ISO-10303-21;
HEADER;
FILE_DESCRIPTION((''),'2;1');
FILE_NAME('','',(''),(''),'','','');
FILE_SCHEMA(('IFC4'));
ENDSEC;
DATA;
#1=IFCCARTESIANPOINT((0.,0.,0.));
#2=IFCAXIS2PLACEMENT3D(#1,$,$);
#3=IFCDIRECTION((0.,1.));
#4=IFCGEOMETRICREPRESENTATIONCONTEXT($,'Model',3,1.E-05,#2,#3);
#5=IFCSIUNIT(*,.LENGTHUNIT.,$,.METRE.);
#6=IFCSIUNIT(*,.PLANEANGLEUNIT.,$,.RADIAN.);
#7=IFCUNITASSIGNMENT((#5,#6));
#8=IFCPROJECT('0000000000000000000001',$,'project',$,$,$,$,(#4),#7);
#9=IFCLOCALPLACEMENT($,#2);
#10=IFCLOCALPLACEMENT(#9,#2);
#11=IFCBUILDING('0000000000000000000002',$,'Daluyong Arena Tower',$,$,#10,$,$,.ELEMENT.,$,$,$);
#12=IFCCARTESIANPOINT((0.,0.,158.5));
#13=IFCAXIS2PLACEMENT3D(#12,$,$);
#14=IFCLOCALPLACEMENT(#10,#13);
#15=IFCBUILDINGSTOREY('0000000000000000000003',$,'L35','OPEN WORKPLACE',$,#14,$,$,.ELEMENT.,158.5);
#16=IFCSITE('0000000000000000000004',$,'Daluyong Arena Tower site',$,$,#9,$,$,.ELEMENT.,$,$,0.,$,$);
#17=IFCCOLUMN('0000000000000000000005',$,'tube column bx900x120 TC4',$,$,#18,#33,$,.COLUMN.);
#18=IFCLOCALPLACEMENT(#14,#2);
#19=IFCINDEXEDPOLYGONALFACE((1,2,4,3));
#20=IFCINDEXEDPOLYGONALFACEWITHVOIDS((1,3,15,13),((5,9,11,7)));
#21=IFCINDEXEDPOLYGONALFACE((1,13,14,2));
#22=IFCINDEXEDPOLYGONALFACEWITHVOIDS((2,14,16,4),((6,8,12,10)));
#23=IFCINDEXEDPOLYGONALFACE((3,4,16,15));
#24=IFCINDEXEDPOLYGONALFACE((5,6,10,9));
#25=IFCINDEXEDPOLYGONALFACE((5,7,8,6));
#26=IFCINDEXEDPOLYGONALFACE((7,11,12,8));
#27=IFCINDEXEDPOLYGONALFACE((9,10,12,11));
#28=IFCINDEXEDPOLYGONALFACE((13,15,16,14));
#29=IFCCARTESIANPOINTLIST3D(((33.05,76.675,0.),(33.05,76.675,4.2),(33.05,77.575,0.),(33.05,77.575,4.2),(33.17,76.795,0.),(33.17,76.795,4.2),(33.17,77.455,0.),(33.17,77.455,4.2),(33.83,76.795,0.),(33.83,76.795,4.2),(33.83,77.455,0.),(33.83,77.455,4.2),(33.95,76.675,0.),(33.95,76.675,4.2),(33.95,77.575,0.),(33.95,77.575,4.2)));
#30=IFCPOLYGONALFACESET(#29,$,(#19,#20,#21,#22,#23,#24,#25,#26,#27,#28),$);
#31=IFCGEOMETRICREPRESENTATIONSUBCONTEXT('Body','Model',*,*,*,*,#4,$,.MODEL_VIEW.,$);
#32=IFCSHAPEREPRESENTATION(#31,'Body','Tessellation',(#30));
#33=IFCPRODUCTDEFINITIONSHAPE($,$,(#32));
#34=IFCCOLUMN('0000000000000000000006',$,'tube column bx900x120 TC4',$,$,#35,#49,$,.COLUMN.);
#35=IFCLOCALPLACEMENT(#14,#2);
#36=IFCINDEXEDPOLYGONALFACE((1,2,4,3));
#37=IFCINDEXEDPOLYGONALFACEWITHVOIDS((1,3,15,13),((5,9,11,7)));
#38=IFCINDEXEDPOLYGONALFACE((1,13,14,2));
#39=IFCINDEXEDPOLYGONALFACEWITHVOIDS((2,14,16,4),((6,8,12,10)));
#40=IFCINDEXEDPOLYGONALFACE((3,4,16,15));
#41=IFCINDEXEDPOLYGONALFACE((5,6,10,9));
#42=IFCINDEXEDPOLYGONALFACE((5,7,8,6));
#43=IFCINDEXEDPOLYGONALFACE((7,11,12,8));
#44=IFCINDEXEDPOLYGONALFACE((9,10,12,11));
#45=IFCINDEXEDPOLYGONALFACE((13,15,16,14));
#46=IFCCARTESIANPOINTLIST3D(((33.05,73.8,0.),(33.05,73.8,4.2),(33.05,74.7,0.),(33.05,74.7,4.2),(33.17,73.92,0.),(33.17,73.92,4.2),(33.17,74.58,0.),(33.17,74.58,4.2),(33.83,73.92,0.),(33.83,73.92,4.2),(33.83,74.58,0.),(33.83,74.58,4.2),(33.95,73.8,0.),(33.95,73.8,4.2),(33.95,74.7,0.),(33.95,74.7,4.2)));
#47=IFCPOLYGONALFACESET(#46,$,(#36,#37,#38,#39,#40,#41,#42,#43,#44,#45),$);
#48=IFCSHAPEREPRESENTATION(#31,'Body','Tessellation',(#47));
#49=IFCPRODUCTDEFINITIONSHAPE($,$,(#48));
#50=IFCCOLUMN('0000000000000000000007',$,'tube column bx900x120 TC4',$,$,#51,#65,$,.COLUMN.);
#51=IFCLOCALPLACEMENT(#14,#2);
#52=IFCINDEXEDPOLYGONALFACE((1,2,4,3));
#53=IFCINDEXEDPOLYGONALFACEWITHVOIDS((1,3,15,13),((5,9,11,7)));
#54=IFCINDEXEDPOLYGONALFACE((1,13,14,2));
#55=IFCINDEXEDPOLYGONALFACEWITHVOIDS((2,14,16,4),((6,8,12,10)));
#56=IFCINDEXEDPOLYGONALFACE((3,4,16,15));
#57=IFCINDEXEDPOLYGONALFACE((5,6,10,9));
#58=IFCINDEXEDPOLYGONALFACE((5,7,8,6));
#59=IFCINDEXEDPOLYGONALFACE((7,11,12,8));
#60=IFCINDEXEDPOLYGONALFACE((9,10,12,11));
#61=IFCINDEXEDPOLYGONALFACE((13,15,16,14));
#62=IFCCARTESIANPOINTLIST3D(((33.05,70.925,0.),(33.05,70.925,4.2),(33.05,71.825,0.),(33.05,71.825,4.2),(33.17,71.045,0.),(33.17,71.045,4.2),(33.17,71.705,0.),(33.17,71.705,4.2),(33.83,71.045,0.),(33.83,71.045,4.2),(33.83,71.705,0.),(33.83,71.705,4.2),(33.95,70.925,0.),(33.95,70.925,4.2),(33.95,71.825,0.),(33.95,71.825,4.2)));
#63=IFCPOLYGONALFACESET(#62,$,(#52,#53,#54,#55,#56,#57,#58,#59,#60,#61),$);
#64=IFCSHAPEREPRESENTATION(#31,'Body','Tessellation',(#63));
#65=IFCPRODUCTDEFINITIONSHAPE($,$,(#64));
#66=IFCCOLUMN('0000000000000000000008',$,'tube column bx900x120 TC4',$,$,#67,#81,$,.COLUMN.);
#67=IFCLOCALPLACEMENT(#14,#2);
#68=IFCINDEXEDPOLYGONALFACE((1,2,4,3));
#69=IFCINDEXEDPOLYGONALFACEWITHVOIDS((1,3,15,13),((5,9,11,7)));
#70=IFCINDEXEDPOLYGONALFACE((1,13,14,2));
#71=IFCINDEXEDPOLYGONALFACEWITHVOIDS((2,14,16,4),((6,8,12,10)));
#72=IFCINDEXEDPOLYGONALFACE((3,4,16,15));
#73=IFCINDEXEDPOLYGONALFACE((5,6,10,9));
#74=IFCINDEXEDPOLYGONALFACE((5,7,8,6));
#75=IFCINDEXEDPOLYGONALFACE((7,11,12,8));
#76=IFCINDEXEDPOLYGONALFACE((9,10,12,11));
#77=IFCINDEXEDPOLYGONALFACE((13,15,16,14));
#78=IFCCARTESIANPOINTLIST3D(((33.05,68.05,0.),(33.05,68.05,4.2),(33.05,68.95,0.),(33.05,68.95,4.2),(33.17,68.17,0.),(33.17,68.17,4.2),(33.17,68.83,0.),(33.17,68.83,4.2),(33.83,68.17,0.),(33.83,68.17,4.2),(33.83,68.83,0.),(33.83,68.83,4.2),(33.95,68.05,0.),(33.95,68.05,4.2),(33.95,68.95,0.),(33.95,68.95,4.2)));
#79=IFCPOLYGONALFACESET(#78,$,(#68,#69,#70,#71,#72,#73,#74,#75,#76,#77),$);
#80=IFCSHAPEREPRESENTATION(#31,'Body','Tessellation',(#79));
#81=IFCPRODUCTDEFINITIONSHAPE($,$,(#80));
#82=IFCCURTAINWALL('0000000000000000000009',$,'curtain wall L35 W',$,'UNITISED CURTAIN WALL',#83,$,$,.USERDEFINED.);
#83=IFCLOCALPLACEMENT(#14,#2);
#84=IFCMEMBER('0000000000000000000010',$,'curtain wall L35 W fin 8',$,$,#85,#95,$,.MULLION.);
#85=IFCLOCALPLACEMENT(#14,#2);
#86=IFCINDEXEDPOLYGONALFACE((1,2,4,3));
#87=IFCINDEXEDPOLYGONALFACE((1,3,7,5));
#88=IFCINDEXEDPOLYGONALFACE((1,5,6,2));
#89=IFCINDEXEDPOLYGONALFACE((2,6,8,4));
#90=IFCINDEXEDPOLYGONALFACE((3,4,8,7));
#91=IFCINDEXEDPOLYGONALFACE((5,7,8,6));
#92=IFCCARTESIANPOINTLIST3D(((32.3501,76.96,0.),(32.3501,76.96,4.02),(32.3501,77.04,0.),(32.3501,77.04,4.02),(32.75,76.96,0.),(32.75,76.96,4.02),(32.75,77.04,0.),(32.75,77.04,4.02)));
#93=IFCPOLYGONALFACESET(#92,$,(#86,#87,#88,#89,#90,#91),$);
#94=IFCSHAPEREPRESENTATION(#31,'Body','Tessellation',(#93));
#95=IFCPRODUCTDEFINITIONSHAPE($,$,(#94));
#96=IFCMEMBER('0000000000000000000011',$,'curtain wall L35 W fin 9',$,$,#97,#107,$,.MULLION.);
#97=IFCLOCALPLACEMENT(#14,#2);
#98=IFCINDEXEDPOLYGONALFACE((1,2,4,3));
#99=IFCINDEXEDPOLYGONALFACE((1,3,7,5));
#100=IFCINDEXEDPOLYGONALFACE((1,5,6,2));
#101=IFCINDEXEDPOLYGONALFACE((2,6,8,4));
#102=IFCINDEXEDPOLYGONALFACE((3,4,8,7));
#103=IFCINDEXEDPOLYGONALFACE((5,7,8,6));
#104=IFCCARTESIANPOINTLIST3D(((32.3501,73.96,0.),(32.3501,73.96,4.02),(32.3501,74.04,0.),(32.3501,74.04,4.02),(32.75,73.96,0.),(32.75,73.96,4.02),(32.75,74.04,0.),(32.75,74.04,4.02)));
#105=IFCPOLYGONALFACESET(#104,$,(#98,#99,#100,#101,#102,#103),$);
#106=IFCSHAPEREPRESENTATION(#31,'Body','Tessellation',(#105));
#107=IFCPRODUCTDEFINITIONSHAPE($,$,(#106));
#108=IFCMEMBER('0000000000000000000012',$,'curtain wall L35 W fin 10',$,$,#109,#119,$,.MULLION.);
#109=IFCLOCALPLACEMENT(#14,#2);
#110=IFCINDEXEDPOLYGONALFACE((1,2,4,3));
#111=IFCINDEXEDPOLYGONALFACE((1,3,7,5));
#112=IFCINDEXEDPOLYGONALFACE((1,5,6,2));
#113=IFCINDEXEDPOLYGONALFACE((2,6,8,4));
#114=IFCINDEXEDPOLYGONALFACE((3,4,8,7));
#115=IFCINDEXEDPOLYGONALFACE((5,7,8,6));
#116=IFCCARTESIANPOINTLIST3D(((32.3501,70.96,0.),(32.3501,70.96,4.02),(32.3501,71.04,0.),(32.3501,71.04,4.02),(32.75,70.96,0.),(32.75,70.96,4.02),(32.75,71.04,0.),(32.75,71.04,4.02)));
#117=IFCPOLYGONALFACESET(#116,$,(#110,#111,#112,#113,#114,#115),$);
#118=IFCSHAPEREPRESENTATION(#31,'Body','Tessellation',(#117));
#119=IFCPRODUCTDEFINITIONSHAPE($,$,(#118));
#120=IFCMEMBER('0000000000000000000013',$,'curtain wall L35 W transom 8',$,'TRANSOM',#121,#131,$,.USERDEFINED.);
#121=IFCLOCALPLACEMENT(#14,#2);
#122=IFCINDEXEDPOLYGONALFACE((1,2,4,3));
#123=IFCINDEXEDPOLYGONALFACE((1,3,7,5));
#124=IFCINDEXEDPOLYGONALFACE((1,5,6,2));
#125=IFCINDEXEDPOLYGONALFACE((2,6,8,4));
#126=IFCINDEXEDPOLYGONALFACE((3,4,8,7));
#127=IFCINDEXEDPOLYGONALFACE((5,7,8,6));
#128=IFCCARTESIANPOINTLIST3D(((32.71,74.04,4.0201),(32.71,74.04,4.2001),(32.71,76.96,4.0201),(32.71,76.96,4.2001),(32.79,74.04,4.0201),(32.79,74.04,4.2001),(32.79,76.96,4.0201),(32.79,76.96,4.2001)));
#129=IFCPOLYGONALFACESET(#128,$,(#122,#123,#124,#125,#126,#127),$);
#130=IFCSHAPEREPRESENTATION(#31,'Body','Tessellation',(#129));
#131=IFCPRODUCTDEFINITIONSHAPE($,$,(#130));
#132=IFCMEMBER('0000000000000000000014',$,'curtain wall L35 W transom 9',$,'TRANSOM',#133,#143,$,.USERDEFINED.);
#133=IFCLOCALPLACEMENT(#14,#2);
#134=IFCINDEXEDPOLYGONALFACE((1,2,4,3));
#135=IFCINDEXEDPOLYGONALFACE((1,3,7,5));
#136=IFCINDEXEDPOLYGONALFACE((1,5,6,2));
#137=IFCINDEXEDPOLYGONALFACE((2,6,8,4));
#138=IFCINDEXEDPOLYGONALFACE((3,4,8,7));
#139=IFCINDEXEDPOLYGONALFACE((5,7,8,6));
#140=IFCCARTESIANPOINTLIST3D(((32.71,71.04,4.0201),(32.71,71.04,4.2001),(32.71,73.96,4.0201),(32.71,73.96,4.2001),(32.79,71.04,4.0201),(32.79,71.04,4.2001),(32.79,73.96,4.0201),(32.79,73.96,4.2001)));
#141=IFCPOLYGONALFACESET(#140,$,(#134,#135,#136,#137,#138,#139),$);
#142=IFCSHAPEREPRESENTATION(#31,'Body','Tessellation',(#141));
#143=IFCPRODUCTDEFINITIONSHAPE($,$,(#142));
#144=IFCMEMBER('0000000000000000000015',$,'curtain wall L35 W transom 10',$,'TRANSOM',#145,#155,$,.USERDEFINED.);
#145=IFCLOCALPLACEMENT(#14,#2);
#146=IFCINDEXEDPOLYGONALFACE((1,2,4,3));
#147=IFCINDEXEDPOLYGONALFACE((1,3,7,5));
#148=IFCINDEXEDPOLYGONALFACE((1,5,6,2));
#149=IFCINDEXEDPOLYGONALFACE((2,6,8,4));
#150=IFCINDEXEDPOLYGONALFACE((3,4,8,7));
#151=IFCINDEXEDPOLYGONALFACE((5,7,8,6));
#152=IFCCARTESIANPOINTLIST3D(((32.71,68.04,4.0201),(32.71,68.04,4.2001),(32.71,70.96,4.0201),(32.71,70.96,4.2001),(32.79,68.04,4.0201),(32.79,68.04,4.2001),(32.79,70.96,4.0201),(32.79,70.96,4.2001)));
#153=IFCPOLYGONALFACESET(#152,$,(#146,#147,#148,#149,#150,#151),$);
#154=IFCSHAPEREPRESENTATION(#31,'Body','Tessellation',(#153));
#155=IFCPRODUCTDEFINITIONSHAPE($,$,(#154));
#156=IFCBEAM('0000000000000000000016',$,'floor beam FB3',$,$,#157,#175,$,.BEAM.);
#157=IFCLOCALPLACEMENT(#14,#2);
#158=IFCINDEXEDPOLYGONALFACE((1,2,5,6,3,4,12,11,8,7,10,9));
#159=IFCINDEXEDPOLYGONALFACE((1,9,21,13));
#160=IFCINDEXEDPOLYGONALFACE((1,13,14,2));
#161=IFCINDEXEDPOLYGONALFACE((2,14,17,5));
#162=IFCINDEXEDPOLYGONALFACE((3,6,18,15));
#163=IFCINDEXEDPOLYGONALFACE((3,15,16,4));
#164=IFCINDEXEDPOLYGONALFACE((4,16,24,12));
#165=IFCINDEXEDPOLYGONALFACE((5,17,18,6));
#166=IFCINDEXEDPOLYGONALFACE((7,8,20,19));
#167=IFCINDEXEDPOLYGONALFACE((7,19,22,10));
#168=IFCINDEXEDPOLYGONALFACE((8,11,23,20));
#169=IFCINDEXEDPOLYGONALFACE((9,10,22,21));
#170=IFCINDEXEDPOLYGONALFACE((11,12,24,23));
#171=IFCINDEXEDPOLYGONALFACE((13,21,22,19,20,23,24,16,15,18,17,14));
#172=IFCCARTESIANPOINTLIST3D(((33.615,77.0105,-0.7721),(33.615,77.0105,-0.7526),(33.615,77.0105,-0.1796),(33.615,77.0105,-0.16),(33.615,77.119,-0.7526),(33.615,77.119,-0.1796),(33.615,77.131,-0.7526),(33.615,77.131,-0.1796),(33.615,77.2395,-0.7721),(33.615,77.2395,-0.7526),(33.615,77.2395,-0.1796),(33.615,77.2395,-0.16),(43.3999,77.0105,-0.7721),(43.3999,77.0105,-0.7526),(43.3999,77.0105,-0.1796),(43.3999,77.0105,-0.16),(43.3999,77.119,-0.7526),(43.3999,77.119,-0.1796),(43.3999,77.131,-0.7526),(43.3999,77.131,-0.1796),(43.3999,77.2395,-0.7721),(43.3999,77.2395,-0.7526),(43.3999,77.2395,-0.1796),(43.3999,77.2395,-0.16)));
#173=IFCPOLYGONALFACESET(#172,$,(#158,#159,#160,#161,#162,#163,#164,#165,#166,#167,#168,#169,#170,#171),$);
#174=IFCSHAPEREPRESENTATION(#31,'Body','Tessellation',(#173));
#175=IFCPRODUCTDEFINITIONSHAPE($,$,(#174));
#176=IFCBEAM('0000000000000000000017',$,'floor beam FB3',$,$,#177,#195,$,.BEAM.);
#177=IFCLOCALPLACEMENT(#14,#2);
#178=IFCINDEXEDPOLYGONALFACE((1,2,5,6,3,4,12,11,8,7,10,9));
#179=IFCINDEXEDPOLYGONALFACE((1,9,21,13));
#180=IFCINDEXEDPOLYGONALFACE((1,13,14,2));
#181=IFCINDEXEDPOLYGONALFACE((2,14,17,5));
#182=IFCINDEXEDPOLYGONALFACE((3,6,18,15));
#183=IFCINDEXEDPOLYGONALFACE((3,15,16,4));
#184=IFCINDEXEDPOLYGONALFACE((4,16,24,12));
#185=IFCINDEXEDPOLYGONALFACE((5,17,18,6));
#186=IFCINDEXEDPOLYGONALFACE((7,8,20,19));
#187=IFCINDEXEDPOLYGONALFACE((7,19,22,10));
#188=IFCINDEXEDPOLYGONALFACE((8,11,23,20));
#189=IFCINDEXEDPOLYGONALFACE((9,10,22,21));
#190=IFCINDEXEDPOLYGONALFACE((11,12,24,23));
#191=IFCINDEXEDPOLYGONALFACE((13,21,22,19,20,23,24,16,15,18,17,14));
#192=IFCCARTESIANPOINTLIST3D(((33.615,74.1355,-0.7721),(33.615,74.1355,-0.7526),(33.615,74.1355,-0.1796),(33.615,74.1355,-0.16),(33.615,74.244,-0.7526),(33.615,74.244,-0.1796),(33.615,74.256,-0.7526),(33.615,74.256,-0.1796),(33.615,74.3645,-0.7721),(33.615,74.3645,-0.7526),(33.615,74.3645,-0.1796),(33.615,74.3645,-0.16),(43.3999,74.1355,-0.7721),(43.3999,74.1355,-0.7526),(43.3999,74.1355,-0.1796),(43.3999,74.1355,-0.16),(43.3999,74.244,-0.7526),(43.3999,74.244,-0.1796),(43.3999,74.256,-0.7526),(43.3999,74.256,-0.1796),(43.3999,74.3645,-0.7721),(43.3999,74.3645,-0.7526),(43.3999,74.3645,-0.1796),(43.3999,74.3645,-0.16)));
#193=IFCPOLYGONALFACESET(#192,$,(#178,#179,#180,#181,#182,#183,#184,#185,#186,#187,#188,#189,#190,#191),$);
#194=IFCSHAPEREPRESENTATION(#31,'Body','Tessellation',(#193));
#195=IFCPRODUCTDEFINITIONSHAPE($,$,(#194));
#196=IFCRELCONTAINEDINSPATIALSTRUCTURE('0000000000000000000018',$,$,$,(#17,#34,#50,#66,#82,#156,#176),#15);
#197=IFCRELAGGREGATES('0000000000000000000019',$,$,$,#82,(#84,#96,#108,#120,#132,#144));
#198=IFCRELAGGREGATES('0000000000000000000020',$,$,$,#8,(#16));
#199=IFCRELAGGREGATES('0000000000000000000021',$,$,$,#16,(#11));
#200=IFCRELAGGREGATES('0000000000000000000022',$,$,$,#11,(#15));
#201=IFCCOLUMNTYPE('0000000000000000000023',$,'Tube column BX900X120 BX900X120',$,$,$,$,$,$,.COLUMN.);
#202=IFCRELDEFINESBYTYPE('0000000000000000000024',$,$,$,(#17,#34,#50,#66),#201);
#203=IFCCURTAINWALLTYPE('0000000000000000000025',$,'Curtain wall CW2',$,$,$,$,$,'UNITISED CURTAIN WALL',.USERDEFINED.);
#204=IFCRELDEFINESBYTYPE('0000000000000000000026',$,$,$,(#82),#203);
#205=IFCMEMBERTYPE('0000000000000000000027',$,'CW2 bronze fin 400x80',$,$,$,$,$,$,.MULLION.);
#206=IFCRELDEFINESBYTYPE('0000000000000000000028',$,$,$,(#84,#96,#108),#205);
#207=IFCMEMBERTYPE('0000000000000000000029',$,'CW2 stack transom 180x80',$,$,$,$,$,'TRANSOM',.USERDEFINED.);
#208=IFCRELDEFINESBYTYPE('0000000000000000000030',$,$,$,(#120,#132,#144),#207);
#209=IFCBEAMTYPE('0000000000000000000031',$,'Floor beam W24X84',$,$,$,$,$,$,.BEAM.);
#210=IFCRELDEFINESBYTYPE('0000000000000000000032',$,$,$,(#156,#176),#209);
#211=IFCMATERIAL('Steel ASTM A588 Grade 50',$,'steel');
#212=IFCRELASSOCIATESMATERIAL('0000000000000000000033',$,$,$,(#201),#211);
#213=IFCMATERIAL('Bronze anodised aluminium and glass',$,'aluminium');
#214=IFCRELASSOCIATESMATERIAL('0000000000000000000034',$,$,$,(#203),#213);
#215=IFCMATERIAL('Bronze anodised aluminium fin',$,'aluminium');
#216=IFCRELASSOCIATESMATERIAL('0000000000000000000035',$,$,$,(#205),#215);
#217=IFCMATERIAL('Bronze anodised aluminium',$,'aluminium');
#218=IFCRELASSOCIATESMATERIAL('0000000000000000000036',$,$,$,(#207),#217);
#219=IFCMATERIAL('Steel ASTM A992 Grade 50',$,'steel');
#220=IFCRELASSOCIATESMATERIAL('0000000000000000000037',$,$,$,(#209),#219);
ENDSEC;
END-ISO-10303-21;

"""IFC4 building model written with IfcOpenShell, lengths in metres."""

from ifc_helpers import new_model, si_unit, direction, frame, origin, origin_2d, place, context, subcontext, project, spatial, rectangle, hollow_rectangle, i_section, extrude, material, material_profile, profile_set, type_object, element, aggregate, save


model = new_model("IFC4")

# Units and contexts
model_context = context("Model", 3, precision=1e-05, world=origin(), true_north=direction((0.0, 1.0)))
body_context = subcontext(model_context, "Body", "Model", "MODEL_VIEW")
ifc_project = project(units=[si_unit("LENGTHUNIT", "METRE"), si_unit("PLANEANGLEUNIT", "RADIAN")], contexts=[model_context])

# Site, building, storey
site_placement = place(None, origin())
site = spatial("IfcSite", under=ifc_project, at=site_placement, Name="Daluyong Arena Tower site", CompositionType="ELEMENT", RefElevation=0.0)
building_placement = place(site_placement, origin())
building = spatial("IfcBuilding", under=site, at=building_placement, Name="Daluyong Arena Tower", CompositionType="ELEMENT")
storey_placement = place(building_placement, frame((0.0, 0.0, 158.5)))
storey = spatial("IfcBuildingStorey", under=building, at=storey_placement, Name="L35", Description="OPEN WORKPLACE", CompositionType="ELEMENT", Elevation=158.5)

# Columns
ifc_material_1 = material(Name="Steel ASTM A588 Grade 50", Category="steel")
ifc_material_profile_1 = material_profile(ifc_material_1, hollow_rectangle(XDim=0.8999, YDim=0.8999, WallThickness=0.12, at=origin_2d()))
ifc_profile_set_1 = profile_set([ifc_material_profile_1], Name="Steel ASTM A588 Grade 50")
column_type = type_object("IfcColumnType", Name="Tube column BX900X120 BX900X120", PredefinedType="COLUMN", material=ifc_profile_set_1)
for number, where, z_axis, x_axis, name in (
    (1, (33.5, 77.125, 0.0), (0.0, 0.0, 1.0), (0.0, 1.0, 0.0), "tube column bx900x120 TC4"),
    (2, (33.5, 74.25, 0.0), (0.0, 0.0, 1.0), (0.0, 1.0, 0.0), "tube column bx900x120 TC4"),
    (3, (33.5, 71.375, 0.0), (0.0, 0.0, 1.0), (0.0, 1.0, 0.0), "tube column bx900x120 TC4"),
    (4, (33.5, 68.5, 0.0), (0.0, 0.0, 1.0), (0.0, 1.0, 0.0), "tube column bx900x120 TC4"),
):
    element("IfcColumn", number, at=place(storey_placement, frame(where, z_axis=z_axis, x_axis=x_axis)), inside=storey, type_object=column_type, Name=name, PredefinedType="COLUMN", context=body_context, shape_type="SweptSolid", body=[
        extrude(hollow_rectangle(XDim=0.8999, YDim=0.8999, WallThickness=0.12, at=origin_2d()), origin(), (0.0, 0.0, 1.0), 4.2),
    ])

# Curtain wall, members
ifc_material_2 = material(Name="Bronze anodised aluminium and glass", Category="aluminium")
curtain_wall_type = type_object("IfcCurtainWallType", Name="Curtain wall CW2", ElementType="UNITISED CURTAIN WALL", PredefinedType="USERDEFINED", material=ifc_material_2)
curtain_wall_placement = place(storey_placement, origin())
curtain_wall = element("IfcCurtainWall", 5, at=curtain_wall_placement, inside=storey, type_object=curtain_wall_type, Name="curtain wall L35 W", ObjectType="UNITISED CURTAIN WALL", PredefinedType="USERDEFINED")
ifc_material_3 = material(Name="Bronze anodised aluminium fin", Category="aluminium")
ifc_material_profile_2 = material_profile(ifc_material_3, rectangle(XDim=0.3999, YDim=0.0801, at=origin_2d()))
ifc_profile_set_2 = profile_set([ifc_material_profile_2], Name="Bronze anodised aluminium fin")
member_type_1 = type_object("IfcMemberType", Name="CW2 bronze fin 400x80", PredefinedType="MULLION", material=ifc_profile_set_2)
member_1_placement = place(storey_placement, frame((32.55, 77.0, 0.0), z_axis=(0.0, 0.0, 1.0), x_axis=(1.0, 0.0, 0.0)))
member_1 = element("IfcMember", 6, at=member_1_placement, type_object=member_type_1, Name="curtain wall L35 W fin 8", PredefinedType="MULLION", context=body_context, shape_type="SweptSolid", body=[
    extrude(rectangle(XDim=0.3999, YDim=0.0801, at=origin_2d()), origin(), (0.0, 0.0, 1.0), 4.02),
])
member_2_placement = place(storey_placement, frame((32.55, 74.0, 0.0), z_axis=(0.0, 0.0, 1.0), x_axis=(1.0, 0.0, 0.0)))
member_2 = element("IfcMember", 7, at=member_2_placement, type_object=member_type_1, Name="curtain wall L35 W fin 9", PredefinedType="MULLION", context=body_context, shape_type="SweptSolid", body=[
    extrude(rectangle(XDim=0.3999, YDim=0.0801, at=origin_2d()), origin(), (0.0, 0.0, 1.0), 4.02),
])
member_3_placement = place(storey_placement, frame((32.55, 71.0, 0.0), z_axis=(0.0, 0.0, 1.0), x_axis=(1.0, 0.0, 0.0)))
member_3 = element("IfcMember", 8, at=member_3_placement, type_object=member_type_1, Name="curtain wall L35 W fin 10", PredefinedType="MULLION", context=body_context, shape_type="SweptSolid", body=[
    extrude(rectangle(XDim=0.3999, YDim=0.0801, at=origin_2d()), origin(), (0.0, 0.0, 1.0), 4.02),
])
ifc_material_4 = material(Name="Bronze anodised aluminium", Category="aluminium")
ifc_material_profile_3 = material_profile(ifc_material_4, rectangle(XDim=0.0801, YDim=0.1799, at=origin_2d()))
ifc_profile_set_3 = profile_set([ifc_material_profile_3], Name="Bronze anodised aluminium")
member_type_2 = type_object("IfcMemberType", Name="CW2 stack transom 180x80", ElementType="TRANSOM", PredefinedType="USERDEFINED", material=ifc_profile_set_3)
member_4_placement = place(storey_placement, frame((32.75, 76.96, 4.1101), z_axis=(0.0, -1.0, 0.0), x_axis=(1.0, 0.0, 0.0)))
member_4 = element("IfcMember", 9, at=member_4_placement, type_object=member_type_2, Name="curtain wall L35 W transom 8", ObjectType="TRANSOM", PredefinedType="USERDEFINED", context=body_context, shape_type="SweptSolid", body=[
    extrude(rectangle(XDim=0.0801, YDim=0.1799, at=origin_2d()), origin(), (0.0, 0.0, 1.0), 2.9199),
])
member_5_placement = place(storey_placement, frame((32.75, 73.96, 4.1101), z_axis=(0.0, -1.0, 0.0), x_axis=(1.0, 0.0, 0.0)))
member_5 = element("IfcMember", 10, at=member_5_placement, type_object=member_type_2, Name="curtain wall L35 W transom 9", ObjectType="TRANSOM", PredefinedType="USERDEFINED", context=body_context, shape_type="SweptSolid", body=[
    extrude(rectangle(XDim=0.0801, YDim=0.1799, at=origin_2d()), origin(), (0.0, 0.0, 1.0), 2.9199),
])
member_6_placement = place(storey_placement, frame((32.75, 70.96, 4.1101), z_axis=(0.0, -1.0, 0.0), x_axis=(1.0, 0.0, 0.0)))
member_6 = element("IfcMember", 11, at=member_6_placement, type_object=member_type_2, Name="curtain wall L35 W transom 10", ObjectType="TRANSOM", PredefinedType="USERDEFINED", context=body_context, shape_type="SweptSolid", body=[
    extrude(rectangle(XDim=0.0801, YDim=0.1799, at=origin_2d()), origin(), (0.0, 0.0, 1.0), 2.9199),
])

# Beams
ifc_material_5 = material(Name="Steel ASTM A992 Grade 50", Category="steel")
ifc_material_profile_4 = material_profile(ifc_material_5, i_section(OverallWidth=0.229, OverallDepth=0.6121, WebThickness=0.012, FlangeThickness=0.0195, at=origin_2d()))
ifc_profile_set_4 = profile_set([ifc_material_profile_4], Name="Steel ASTM A992 Grade 50")
beam_type_1 = type_object("IfcBeamType", Name="Floor beam W24X84", PredefinedType="BEAM", material=ifc_profile_set_4)
for number, where, z_axis, x_axis, name in (
    (12, (33.615, 77.125, -0.4661), (1.0, 0.0, 0.0), (0.0, 1.0, 0.0), "floor beam FB3"),
    (13, (33.615, 74.25, -0.4661), (1.0, 0.0, 0.0), (0.0, 1.0, 0.0), "floor beam FB3"),
):
    element("IfcBeam", number, at=place(storey_placement, frame(where, z_axis=z_axis, x_axis=x_axis)), inside=storey, type_object=beam_type_1, Name=name, PredefinedType="BEAM", context=body_context, shape_type="SweptSolid", body=[
        extrude(i_section(OverallWidth=0.229, OverallDepth=0.6121, WebThickness=0.012, FlangeThickness=0.0195, at=origin_2d()), origin(), (0.0, 0.0, 1.0), 9.7849),
    ])

aggregate(curtain_wall, [member_1, member_2, member_3, member_4, member_5, member_6])

save(model, "model.ifc")
